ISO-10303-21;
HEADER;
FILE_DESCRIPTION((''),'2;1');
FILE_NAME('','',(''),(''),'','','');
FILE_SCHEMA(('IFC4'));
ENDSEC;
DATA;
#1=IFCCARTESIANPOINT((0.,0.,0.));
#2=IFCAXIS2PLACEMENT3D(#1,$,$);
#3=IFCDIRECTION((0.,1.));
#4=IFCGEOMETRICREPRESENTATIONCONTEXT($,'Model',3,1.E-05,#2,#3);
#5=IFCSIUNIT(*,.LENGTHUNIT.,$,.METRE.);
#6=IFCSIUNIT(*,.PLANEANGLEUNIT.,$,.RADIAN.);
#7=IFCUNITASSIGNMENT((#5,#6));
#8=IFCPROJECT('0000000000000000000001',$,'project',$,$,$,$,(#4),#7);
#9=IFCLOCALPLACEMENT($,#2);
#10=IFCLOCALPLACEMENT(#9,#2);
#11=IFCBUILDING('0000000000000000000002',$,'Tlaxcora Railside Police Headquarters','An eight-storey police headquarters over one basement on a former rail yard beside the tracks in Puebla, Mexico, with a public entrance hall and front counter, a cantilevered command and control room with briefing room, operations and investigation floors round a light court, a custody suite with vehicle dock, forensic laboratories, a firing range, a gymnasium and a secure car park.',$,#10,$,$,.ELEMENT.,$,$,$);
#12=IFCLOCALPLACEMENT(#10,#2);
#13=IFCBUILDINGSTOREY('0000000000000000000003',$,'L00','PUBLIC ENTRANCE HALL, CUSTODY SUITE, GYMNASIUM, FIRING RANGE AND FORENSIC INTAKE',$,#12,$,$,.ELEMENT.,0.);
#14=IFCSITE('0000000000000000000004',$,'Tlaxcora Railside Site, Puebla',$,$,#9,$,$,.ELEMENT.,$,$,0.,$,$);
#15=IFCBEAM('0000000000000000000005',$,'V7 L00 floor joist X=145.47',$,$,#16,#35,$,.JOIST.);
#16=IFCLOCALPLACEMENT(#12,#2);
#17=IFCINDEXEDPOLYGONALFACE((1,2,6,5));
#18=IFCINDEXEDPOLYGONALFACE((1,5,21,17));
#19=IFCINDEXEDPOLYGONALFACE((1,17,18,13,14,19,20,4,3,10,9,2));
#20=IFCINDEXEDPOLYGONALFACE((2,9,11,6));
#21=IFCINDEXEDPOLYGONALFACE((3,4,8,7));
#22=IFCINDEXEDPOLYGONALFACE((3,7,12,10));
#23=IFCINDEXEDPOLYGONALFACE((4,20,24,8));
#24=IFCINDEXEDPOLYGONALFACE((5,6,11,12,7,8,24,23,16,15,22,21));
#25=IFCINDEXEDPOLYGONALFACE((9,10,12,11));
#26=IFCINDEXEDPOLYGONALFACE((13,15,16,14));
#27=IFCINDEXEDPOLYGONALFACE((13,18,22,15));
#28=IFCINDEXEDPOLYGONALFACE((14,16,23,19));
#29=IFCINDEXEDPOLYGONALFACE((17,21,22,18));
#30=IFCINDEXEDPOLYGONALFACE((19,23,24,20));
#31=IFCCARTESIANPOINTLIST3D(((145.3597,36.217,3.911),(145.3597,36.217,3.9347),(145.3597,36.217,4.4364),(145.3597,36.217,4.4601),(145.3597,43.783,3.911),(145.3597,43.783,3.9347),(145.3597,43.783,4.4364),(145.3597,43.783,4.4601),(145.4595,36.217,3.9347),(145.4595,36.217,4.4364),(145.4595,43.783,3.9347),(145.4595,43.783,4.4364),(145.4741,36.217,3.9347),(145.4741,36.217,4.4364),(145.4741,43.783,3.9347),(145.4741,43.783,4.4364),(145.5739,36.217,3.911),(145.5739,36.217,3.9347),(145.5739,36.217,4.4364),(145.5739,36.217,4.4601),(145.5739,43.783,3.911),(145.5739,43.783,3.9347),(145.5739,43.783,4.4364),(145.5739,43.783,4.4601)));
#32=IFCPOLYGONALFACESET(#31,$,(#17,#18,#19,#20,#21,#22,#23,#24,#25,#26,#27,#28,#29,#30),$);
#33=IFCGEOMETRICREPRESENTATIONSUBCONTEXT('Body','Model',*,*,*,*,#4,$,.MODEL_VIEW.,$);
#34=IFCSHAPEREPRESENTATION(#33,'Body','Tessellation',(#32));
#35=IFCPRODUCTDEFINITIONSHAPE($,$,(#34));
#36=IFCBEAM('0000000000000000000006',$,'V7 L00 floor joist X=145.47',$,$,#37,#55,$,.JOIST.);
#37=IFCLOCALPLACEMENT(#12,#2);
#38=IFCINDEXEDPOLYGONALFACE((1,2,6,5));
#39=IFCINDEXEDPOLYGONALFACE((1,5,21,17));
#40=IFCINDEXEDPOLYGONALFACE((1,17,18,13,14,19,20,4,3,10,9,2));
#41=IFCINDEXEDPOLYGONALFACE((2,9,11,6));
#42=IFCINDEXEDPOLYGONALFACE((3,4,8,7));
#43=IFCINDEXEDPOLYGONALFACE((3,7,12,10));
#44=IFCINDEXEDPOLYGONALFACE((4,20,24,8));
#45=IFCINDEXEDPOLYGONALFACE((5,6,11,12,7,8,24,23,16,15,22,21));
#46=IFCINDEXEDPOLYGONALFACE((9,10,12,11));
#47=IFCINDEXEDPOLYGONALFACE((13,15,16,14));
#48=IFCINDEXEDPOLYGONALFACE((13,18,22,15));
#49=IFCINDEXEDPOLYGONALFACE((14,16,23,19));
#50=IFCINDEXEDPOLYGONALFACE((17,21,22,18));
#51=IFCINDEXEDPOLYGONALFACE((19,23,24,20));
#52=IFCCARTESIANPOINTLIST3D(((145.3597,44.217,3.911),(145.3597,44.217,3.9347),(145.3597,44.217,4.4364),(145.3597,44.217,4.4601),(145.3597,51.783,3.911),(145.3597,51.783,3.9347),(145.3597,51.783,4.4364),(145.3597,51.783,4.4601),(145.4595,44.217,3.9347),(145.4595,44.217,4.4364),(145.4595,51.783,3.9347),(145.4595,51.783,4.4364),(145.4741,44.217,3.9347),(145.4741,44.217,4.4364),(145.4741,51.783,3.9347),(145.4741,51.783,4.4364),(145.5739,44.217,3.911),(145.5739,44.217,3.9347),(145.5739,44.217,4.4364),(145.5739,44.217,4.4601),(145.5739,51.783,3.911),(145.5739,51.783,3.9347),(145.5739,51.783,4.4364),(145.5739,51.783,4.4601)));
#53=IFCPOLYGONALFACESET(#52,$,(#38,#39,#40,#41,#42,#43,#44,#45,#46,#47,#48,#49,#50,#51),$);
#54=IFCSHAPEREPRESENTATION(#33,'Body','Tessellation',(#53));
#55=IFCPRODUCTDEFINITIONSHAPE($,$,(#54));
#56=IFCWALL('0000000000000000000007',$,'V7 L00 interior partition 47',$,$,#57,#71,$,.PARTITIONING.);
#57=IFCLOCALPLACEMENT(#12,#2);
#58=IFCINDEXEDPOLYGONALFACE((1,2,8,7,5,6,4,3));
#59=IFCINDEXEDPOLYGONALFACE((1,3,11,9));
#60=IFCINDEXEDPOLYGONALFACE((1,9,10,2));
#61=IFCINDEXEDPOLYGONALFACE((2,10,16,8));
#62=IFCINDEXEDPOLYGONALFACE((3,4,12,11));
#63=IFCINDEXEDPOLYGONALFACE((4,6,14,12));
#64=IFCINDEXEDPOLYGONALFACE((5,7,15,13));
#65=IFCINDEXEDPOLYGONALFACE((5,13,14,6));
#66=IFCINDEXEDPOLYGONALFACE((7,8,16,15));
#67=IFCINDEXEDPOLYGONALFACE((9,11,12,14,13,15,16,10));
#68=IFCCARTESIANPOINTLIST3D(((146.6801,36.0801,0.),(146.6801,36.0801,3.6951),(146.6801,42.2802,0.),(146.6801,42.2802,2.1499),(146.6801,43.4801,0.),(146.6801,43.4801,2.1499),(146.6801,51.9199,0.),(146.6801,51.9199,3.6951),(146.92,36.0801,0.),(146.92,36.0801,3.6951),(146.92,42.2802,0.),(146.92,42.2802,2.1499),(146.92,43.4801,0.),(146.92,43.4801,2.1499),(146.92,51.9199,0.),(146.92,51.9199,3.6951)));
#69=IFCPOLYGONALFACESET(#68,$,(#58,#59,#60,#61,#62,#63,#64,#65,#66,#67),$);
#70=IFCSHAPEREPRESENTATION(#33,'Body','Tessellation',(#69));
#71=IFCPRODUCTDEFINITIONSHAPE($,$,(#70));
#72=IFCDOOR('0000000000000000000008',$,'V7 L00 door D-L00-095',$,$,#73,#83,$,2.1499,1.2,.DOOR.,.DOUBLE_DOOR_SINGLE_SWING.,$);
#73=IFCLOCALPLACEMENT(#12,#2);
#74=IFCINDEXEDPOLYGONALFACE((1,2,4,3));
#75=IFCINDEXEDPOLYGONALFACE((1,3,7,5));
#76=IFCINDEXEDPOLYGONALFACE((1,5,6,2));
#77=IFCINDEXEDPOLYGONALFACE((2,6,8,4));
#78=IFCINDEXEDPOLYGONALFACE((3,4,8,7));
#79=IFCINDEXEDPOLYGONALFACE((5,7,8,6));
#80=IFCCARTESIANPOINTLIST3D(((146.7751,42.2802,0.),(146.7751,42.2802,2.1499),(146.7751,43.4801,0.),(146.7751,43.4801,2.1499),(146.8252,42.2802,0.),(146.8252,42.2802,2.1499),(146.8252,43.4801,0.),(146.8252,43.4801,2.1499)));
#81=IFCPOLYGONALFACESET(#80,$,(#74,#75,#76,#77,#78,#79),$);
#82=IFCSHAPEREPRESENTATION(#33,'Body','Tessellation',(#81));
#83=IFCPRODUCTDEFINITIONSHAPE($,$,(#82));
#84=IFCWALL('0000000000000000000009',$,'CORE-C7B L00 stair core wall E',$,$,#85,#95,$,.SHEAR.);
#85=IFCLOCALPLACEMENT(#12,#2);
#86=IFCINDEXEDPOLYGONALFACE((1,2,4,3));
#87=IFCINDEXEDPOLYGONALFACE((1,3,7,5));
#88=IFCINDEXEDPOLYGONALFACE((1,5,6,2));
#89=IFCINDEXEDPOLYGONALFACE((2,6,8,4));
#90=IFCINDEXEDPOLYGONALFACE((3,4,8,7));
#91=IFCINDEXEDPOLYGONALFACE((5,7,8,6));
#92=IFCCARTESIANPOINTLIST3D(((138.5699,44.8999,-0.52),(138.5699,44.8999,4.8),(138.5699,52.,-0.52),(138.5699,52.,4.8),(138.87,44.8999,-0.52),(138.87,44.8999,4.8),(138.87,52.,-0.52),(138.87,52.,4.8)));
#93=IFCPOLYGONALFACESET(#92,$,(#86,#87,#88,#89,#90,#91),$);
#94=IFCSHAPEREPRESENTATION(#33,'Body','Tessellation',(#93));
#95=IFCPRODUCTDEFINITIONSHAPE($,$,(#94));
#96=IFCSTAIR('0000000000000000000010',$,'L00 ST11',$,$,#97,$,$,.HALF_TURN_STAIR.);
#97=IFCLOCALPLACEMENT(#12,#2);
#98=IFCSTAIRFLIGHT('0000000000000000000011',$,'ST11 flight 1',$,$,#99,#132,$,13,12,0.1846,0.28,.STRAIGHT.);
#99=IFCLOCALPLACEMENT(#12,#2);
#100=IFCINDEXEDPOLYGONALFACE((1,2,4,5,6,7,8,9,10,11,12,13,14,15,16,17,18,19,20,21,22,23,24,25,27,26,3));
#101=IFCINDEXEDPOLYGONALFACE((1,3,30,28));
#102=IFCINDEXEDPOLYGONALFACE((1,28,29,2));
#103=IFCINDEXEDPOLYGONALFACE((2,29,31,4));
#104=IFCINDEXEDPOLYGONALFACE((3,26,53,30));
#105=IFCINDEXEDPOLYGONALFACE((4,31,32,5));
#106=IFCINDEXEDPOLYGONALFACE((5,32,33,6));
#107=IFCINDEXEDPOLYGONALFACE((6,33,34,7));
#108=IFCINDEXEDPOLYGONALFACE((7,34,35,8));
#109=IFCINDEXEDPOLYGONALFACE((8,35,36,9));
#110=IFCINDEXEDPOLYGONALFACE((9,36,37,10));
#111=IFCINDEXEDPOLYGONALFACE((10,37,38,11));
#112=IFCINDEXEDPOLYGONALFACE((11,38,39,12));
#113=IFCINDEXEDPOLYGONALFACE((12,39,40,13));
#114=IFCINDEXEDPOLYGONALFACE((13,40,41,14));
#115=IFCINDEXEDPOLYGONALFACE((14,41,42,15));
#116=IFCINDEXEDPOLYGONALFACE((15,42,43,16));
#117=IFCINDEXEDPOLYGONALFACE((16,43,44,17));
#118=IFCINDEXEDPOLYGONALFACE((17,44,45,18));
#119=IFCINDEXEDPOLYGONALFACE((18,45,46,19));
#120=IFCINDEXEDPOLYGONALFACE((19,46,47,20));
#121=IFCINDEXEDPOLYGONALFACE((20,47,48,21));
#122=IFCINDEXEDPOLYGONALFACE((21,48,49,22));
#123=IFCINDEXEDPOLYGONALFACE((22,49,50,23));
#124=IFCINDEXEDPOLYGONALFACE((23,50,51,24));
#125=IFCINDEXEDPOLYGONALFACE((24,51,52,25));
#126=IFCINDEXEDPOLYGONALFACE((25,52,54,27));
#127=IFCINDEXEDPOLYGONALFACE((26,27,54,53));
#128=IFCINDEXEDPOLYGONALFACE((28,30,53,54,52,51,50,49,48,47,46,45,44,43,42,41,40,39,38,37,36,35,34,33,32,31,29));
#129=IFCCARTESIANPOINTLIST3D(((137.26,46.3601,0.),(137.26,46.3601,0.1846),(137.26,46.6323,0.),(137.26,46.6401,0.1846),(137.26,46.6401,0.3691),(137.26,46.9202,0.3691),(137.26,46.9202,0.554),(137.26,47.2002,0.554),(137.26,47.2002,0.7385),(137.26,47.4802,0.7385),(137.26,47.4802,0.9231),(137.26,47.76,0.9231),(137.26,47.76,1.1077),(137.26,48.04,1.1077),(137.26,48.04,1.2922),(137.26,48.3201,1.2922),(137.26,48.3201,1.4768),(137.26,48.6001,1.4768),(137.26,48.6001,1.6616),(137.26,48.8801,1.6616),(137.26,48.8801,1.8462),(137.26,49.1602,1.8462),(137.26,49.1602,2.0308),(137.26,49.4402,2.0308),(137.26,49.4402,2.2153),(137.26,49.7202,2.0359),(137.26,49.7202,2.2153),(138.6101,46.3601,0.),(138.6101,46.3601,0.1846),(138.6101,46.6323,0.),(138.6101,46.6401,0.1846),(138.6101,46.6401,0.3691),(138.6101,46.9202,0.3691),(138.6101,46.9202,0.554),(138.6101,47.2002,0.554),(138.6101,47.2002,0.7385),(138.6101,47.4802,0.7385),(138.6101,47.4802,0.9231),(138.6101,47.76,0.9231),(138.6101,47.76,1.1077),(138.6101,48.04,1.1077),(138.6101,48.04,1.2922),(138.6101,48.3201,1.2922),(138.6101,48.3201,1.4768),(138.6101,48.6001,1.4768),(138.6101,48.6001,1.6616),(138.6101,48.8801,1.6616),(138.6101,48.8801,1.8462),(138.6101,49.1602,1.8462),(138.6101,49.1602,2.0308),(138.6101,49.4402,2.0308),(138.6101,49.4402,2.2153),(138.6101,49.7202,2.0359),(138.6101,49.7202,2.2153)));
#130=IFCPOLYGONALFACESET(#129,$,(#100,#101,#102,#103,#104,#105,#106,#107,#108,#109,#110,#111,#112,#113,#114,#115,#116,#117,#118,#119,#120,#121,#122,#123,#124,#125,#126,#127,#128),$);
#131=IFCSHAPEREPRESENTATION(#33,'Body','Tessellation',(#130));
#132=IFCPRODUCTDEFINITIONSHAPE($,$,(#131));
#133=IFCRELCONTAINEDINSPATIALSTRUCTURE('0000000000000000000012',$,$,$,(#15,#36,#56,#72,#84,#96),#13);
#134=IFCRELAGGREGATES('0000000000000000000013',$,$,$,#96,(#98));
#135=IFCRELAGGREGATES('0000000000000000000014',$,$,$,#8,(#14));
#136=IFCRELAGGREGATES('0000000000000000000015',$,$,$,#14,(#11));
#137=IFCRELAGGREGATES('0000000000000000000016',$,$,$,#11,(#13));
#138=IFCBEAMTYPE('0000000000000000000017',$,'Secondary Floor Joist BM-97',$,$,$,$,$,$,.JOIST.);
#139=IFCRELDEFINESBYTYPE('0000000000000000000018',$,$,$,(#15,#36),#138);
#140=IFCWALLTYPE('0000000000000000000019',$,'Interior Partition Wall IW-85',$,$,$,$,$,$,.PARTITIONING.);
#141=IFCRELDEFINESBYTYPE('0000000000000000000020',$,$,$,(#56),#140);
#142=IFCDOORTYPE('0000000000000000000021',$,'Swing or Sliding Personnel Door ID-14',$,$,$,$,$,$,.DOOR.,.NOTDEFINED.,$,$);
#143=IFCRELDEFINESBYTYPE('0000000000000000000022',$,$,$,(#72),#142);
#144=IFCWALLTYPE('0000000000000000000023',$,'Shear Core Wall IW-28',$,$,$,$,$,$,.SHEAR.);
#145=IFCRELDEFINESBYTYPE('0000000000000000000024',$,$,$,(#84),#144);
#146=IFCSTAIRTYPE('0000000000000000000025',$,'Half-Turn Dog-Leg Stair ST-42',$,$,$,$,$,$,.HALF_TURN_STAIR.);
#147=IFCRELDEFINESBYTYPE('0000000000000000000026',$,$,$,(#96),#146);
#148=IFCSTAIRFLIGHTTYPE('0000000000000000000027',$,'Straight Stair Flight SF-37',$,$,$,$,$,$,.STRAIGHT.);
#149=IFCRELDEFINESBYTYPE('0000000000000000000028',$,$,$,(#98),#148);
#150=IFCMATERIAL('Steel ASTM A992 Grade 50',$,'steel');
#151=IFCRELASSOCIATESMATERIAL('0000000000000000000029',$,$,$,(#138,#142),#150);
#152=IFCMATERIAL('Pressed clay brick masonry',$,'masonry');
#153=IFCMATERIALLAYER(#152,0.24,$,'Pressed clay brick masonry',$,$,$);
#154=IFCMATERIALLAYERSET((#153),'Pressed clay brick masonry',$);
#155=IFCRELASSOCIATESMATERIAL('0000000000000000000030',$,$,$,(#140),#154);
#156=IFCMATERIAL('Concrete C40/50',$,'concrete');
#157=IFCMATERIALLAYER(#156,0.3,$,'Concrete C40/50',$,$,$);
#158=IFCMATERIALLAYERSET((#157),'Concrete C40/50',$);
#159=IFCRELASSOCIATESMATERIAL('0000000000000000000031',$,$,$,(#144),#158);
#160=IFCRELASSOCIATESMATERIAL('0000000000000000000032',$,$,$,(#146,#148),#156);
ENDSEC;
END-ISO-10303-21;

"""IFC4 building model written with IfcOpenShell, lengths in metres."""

from ifc_helpers import new_model, si_unit, direction, frame, frame_2d, origin, origin_2d, place, context, subcontext, project, spatial, polyline, rectangle, i_section, outline, extrude, material, layer, layer_set, material_profile, profile_set, type_object, element, fill, aggregate, save


model = new_model("IFC4")

# Units and contexts
model_context = context("Model", 3, precision=1e-05, world=origin(), true_north=direction((0.0, 1.0)))
body_context = subcontext(model_context, "Body", "Model", "MODEL_VIEW")
ifc_project = project(units=[si_unit("LENGTHUNIT", "METRE"), si_unit("PLANEANGLEUNIT", "RADIAN")], contexts=[model_context])

# Site, building, storey
site_placement = place(None, origin())
site = spatial("IfcSite", under=ifc_project, at=site_placement, Name="Tlaxcora Railside Site, Puebla", CompositionType="ELEMENT", RefElevation=0.0)
building_placement = place(site_placement, origin())
building = spatial("IfcBuilding", under=site, at=building_placement, Name="Tlaxcora Railside Police Headquarters", Description="An eight-storey police headquarters over one basement on a former rail yard beside the tracks in Puebla, Mexico, with a public entrance hall and front counter, a cantilevered command and control room with briefing room, operations and investigation floors round a light court, a custody suite with vehicle dock, forensic laboratories, a firing range, a gymnasium and a secure car park.", CompositionType="ELEMENT")
storey_placement = place(building_placement, origin())
storey = spatial("IfcBuildingStorey", under=building, at=storey_placement, Name="L00", Description="PUBLIC ENTRANCE HALL, CUSTODY SUITE, GYMNASIUM, FIRING RANGE AND FORENSIC INTAKE", CompositionType="ELEMENT", Elevation=0.0)

# Shared definitions
ifc_material_1 = material(Name="Concrete C40/50", Category="concrete")

# Beams
ifc_material_2 = material(Name="Steel ASTM A992 Grade 50", Category="steel")
ifc_material_profile_1 = material_profile(ifc_material_2, i_section(OverallWidth=0.2141, OverallDepth=0.5491, WebThickness=0.0146, FlangeThickness=0.0237, at=origin_2d()), Name="W21X93")
ifc_profile_set_1 = profile_set([ifc_material_profile_1], Name="Steel ASTM A992 Grade 50")
beam_type_1 = type_object("IfcBeamType", Name="Secondary Floor Joist BM-97", PredefinedType="JOIST", material=ifc_profile_set_1)
for number, where, z_axis, x_axis, name in (
    (1, (145.4668, 36.217, 4.1855), (0.0, 1.0, 0.0), (-1.0, 0.0, 0.0), "V7 L00 floor joist X=145.47"),
    (2, (145.4668, 44.217, 4.1855), (0.0, 1.0, 0.0), (-1.0, 0.0, 0.0), "V7 L00 floor joist X=145.47"),
):
    element("IfcBeam", number, at=place(storey_placement, frame(where, z_axis=z_axis, x_axis=x_axis)), inside=storey, type_object=beam_type_1, Name=name, PredefinedType="JOIST", context=body_context, shape_type="SweptSolid", body=[
        extrude(i_section(OverallWidth=0.2141, OverallDepth=0.5491, WebThickness=0.0146, FlangeThickness=0.0237, at=origin_2d()), origin(), (0.0, 0.0, 1.0), 7.5659),
    ])

# Wall, opening, door
ifc_material_3 = material(Name="Pressed clay brick masonry", Category="masonry")
ifc_layer_1 = layer(ifc_material_3, 0.24, Name="Pressed clay brick masonry")
ifc_layer_set_1 = layer_set([ifc_layer_1], Name="Pressed clay brick masonry")
wall_type_1 = type_object("IfcWallType", Name="Interior Partition Wall IW-85", PredefinedType="PARTITIONING", material=ifc_layer_set_1)
wall_1_placement = place(storey_placement, frame((146.8, 36.0801, 0.0), z_axis=(0.0, 0.0, 1.0), x_axis=(0.0, 1.0, 0.0)))
wall_1 = element("IfcWall", 3, at=wall_1_placement, inside=storey, type_object=wall_type_1, Name="V7 L00 interior partition 47", PredefinedType="PARTITIONING", context=body_context, shape_type="SweptSolid", body=[
    extrude(rectangle(XDim=15.8398, YDim=0.24, at=frame_2d((7.9199, 0.0))), origin(), (0.0, 0.0, 1.0), 3.6951),
])
opening_placement = place(wall_1_placement, frame((6.2, 0.0, 0.0)))
opening = element("IfcOpeningElement", 4, at=opening_placement, cuts=wall_1, PredefinedType="OPENING", context=body_context, shape_type="SweptSolid", body=[
    extrude(rectangle(XDim=1.2, YDim=2.1499, at=frame_2d((0.6001, 1.075))), frame((0.0, 0.1299, 0.0), z_axis=(0.0, -1.0, 0.0), x_axis=(1.0, 0.0, 0.0)), (0.0, 0.0, 1.0), 0.26),
])
door_type = type_object("IfcDoorType", Name="Swing or Sliding Personnel Door ID-14", OperationType="NOTDEFINED", PredefinedType="DOOR", material=ifc_material_2)
door_placement = place(opening_placement, origin())
door = element("IfcDoor", 5, at=door_placement, inside=storey, type_object=door_type, Name="V7 L00 door D-L00-095", OperationType="DOUBLE_DOOR_SINGLE_SWING", OverallHeight=2.1499, OverallWidth=1.2, PredefinedType="DOOR", context=body_context, shape_type="SweptSolid", body=[
    extrude(rectangle(XDim=1.2, YDim=2.1499, at=frame_2d((0.6001, 1.075))), frame((0.0, 0.0249, 0.0), z_axis=(0.0, -1.0, 0.0), x_axis=(1.0, 0.0, 0.0)), (0.0, 0.0, 1.0), 0.05),
])
fill(opening, door)

# Wall
ifc_layer_2 = layer(ifc_material_1, 0.3, Name="Concrete C40/50")
ifc_layer_set_2 = layer_set([ifc_layer_2], Name="Concrete C40/50")
wall_type_2 = type_object("IfcWallType", Name="Shear Core Wall IW-28", PredefinedType="SHEAR", material=ifc_layer_set_2)
wall_2_placement = place(storey_placement, frame((138.72, 44.8999, -0.52), z_axis=(0.0, 0.0, 1.0), x_axis=(0.0, 1.0, 0.0)))
element("IfcWall", 6, at=wall_2_placement, inside=storey, type_object=wall_type_2, Name="CORE-C7B L00 stair core wall E", PredefinedType="SHEAR", context=body_context, shape_type="SweptSolid", body=[
    extrude(rectangle(XDim=7.1001, YDim=0.3, at=frame_2d((3.55, 0.0))), origin(), (0.0, 0.0, 1.0), 5.3201),
])

# Stair, stair flight
stair_type = type_object("IfcStairType", Name="Half-Turn Dog-Leg Stair ST-42", PredefinedType="HALF_TURN_STAIR", material=ifc_material_1)
stair_placement = place(storey_placement, origin())
stair = element("IfcStair", 7, at=stair_placement, inside=storey, type_object=stair_type, Name="L00 ST11", PredefinedType="HALF_TURN_STAIR")
stair_flight_type = type_object("IfcStairFlightType", Name="Straight Stair Flight SF-37", PredefinedType="STRAIGHT", material=ifc_material_1)
stair_flight_placement = place(storey_placement, frame((137.9351, 46.3601, 0.0), z_axis=(0.0, 0.0, 1.0), x_axis=(0.0, 1.0, 0.0)))
stair_flight = element("IfcStairFlight", 8, at=stair_flight_placement, type_object=stair_flight_type, Name="ST11 flight 1", NumberOfRisers=13, NumberOfTreads=12, PredefinedType="STRAIGHT", RiserHeight=0.1846, TreadLength=0.28, context=body_context, shape_type="SweptSolid", body=[
    extrude(outline(polyline([(0.0, 0.0), (0.0, 0.1846), (0.28, 0.1846), (0.28, 0.3691), (0.5601, 0.3691), (0.5601, 0.554), (0.8401, 0.554), (0.8401, 0.7385), (1.1201, 0.7385), (1.1201, 0.9231), (1.3999, 0.9231), (1.3999, 1.1077), (1.6799, 1.1077), (1.6799, 1.2922), (1.96, 1.2922), (1.96, 1.4768), (2.24, 1.4768), (2.24, 1.6616), (2.52, 1.6616), (2.52, 1.8462), (2.8, 1.8462), (2.8, 2.0308), (3.0801, 2.0308), (3.0801, 2.2153), (3.3601, 2.2153), (3.3601, 2.3999), (3.3601, 2.0359), (0.2722, 0.0), (0.0, 0.0)])), frame((0.0, 0.675, 0.0), z_axis=(0.0, -1.0, 0.0), x_axis=(1.0, 0.0, 0.0)), (0.0, 0.0, 1.0), 1.3501),
])
aggregate(stair, [stair_flight])

save(model, "model.ifc")
